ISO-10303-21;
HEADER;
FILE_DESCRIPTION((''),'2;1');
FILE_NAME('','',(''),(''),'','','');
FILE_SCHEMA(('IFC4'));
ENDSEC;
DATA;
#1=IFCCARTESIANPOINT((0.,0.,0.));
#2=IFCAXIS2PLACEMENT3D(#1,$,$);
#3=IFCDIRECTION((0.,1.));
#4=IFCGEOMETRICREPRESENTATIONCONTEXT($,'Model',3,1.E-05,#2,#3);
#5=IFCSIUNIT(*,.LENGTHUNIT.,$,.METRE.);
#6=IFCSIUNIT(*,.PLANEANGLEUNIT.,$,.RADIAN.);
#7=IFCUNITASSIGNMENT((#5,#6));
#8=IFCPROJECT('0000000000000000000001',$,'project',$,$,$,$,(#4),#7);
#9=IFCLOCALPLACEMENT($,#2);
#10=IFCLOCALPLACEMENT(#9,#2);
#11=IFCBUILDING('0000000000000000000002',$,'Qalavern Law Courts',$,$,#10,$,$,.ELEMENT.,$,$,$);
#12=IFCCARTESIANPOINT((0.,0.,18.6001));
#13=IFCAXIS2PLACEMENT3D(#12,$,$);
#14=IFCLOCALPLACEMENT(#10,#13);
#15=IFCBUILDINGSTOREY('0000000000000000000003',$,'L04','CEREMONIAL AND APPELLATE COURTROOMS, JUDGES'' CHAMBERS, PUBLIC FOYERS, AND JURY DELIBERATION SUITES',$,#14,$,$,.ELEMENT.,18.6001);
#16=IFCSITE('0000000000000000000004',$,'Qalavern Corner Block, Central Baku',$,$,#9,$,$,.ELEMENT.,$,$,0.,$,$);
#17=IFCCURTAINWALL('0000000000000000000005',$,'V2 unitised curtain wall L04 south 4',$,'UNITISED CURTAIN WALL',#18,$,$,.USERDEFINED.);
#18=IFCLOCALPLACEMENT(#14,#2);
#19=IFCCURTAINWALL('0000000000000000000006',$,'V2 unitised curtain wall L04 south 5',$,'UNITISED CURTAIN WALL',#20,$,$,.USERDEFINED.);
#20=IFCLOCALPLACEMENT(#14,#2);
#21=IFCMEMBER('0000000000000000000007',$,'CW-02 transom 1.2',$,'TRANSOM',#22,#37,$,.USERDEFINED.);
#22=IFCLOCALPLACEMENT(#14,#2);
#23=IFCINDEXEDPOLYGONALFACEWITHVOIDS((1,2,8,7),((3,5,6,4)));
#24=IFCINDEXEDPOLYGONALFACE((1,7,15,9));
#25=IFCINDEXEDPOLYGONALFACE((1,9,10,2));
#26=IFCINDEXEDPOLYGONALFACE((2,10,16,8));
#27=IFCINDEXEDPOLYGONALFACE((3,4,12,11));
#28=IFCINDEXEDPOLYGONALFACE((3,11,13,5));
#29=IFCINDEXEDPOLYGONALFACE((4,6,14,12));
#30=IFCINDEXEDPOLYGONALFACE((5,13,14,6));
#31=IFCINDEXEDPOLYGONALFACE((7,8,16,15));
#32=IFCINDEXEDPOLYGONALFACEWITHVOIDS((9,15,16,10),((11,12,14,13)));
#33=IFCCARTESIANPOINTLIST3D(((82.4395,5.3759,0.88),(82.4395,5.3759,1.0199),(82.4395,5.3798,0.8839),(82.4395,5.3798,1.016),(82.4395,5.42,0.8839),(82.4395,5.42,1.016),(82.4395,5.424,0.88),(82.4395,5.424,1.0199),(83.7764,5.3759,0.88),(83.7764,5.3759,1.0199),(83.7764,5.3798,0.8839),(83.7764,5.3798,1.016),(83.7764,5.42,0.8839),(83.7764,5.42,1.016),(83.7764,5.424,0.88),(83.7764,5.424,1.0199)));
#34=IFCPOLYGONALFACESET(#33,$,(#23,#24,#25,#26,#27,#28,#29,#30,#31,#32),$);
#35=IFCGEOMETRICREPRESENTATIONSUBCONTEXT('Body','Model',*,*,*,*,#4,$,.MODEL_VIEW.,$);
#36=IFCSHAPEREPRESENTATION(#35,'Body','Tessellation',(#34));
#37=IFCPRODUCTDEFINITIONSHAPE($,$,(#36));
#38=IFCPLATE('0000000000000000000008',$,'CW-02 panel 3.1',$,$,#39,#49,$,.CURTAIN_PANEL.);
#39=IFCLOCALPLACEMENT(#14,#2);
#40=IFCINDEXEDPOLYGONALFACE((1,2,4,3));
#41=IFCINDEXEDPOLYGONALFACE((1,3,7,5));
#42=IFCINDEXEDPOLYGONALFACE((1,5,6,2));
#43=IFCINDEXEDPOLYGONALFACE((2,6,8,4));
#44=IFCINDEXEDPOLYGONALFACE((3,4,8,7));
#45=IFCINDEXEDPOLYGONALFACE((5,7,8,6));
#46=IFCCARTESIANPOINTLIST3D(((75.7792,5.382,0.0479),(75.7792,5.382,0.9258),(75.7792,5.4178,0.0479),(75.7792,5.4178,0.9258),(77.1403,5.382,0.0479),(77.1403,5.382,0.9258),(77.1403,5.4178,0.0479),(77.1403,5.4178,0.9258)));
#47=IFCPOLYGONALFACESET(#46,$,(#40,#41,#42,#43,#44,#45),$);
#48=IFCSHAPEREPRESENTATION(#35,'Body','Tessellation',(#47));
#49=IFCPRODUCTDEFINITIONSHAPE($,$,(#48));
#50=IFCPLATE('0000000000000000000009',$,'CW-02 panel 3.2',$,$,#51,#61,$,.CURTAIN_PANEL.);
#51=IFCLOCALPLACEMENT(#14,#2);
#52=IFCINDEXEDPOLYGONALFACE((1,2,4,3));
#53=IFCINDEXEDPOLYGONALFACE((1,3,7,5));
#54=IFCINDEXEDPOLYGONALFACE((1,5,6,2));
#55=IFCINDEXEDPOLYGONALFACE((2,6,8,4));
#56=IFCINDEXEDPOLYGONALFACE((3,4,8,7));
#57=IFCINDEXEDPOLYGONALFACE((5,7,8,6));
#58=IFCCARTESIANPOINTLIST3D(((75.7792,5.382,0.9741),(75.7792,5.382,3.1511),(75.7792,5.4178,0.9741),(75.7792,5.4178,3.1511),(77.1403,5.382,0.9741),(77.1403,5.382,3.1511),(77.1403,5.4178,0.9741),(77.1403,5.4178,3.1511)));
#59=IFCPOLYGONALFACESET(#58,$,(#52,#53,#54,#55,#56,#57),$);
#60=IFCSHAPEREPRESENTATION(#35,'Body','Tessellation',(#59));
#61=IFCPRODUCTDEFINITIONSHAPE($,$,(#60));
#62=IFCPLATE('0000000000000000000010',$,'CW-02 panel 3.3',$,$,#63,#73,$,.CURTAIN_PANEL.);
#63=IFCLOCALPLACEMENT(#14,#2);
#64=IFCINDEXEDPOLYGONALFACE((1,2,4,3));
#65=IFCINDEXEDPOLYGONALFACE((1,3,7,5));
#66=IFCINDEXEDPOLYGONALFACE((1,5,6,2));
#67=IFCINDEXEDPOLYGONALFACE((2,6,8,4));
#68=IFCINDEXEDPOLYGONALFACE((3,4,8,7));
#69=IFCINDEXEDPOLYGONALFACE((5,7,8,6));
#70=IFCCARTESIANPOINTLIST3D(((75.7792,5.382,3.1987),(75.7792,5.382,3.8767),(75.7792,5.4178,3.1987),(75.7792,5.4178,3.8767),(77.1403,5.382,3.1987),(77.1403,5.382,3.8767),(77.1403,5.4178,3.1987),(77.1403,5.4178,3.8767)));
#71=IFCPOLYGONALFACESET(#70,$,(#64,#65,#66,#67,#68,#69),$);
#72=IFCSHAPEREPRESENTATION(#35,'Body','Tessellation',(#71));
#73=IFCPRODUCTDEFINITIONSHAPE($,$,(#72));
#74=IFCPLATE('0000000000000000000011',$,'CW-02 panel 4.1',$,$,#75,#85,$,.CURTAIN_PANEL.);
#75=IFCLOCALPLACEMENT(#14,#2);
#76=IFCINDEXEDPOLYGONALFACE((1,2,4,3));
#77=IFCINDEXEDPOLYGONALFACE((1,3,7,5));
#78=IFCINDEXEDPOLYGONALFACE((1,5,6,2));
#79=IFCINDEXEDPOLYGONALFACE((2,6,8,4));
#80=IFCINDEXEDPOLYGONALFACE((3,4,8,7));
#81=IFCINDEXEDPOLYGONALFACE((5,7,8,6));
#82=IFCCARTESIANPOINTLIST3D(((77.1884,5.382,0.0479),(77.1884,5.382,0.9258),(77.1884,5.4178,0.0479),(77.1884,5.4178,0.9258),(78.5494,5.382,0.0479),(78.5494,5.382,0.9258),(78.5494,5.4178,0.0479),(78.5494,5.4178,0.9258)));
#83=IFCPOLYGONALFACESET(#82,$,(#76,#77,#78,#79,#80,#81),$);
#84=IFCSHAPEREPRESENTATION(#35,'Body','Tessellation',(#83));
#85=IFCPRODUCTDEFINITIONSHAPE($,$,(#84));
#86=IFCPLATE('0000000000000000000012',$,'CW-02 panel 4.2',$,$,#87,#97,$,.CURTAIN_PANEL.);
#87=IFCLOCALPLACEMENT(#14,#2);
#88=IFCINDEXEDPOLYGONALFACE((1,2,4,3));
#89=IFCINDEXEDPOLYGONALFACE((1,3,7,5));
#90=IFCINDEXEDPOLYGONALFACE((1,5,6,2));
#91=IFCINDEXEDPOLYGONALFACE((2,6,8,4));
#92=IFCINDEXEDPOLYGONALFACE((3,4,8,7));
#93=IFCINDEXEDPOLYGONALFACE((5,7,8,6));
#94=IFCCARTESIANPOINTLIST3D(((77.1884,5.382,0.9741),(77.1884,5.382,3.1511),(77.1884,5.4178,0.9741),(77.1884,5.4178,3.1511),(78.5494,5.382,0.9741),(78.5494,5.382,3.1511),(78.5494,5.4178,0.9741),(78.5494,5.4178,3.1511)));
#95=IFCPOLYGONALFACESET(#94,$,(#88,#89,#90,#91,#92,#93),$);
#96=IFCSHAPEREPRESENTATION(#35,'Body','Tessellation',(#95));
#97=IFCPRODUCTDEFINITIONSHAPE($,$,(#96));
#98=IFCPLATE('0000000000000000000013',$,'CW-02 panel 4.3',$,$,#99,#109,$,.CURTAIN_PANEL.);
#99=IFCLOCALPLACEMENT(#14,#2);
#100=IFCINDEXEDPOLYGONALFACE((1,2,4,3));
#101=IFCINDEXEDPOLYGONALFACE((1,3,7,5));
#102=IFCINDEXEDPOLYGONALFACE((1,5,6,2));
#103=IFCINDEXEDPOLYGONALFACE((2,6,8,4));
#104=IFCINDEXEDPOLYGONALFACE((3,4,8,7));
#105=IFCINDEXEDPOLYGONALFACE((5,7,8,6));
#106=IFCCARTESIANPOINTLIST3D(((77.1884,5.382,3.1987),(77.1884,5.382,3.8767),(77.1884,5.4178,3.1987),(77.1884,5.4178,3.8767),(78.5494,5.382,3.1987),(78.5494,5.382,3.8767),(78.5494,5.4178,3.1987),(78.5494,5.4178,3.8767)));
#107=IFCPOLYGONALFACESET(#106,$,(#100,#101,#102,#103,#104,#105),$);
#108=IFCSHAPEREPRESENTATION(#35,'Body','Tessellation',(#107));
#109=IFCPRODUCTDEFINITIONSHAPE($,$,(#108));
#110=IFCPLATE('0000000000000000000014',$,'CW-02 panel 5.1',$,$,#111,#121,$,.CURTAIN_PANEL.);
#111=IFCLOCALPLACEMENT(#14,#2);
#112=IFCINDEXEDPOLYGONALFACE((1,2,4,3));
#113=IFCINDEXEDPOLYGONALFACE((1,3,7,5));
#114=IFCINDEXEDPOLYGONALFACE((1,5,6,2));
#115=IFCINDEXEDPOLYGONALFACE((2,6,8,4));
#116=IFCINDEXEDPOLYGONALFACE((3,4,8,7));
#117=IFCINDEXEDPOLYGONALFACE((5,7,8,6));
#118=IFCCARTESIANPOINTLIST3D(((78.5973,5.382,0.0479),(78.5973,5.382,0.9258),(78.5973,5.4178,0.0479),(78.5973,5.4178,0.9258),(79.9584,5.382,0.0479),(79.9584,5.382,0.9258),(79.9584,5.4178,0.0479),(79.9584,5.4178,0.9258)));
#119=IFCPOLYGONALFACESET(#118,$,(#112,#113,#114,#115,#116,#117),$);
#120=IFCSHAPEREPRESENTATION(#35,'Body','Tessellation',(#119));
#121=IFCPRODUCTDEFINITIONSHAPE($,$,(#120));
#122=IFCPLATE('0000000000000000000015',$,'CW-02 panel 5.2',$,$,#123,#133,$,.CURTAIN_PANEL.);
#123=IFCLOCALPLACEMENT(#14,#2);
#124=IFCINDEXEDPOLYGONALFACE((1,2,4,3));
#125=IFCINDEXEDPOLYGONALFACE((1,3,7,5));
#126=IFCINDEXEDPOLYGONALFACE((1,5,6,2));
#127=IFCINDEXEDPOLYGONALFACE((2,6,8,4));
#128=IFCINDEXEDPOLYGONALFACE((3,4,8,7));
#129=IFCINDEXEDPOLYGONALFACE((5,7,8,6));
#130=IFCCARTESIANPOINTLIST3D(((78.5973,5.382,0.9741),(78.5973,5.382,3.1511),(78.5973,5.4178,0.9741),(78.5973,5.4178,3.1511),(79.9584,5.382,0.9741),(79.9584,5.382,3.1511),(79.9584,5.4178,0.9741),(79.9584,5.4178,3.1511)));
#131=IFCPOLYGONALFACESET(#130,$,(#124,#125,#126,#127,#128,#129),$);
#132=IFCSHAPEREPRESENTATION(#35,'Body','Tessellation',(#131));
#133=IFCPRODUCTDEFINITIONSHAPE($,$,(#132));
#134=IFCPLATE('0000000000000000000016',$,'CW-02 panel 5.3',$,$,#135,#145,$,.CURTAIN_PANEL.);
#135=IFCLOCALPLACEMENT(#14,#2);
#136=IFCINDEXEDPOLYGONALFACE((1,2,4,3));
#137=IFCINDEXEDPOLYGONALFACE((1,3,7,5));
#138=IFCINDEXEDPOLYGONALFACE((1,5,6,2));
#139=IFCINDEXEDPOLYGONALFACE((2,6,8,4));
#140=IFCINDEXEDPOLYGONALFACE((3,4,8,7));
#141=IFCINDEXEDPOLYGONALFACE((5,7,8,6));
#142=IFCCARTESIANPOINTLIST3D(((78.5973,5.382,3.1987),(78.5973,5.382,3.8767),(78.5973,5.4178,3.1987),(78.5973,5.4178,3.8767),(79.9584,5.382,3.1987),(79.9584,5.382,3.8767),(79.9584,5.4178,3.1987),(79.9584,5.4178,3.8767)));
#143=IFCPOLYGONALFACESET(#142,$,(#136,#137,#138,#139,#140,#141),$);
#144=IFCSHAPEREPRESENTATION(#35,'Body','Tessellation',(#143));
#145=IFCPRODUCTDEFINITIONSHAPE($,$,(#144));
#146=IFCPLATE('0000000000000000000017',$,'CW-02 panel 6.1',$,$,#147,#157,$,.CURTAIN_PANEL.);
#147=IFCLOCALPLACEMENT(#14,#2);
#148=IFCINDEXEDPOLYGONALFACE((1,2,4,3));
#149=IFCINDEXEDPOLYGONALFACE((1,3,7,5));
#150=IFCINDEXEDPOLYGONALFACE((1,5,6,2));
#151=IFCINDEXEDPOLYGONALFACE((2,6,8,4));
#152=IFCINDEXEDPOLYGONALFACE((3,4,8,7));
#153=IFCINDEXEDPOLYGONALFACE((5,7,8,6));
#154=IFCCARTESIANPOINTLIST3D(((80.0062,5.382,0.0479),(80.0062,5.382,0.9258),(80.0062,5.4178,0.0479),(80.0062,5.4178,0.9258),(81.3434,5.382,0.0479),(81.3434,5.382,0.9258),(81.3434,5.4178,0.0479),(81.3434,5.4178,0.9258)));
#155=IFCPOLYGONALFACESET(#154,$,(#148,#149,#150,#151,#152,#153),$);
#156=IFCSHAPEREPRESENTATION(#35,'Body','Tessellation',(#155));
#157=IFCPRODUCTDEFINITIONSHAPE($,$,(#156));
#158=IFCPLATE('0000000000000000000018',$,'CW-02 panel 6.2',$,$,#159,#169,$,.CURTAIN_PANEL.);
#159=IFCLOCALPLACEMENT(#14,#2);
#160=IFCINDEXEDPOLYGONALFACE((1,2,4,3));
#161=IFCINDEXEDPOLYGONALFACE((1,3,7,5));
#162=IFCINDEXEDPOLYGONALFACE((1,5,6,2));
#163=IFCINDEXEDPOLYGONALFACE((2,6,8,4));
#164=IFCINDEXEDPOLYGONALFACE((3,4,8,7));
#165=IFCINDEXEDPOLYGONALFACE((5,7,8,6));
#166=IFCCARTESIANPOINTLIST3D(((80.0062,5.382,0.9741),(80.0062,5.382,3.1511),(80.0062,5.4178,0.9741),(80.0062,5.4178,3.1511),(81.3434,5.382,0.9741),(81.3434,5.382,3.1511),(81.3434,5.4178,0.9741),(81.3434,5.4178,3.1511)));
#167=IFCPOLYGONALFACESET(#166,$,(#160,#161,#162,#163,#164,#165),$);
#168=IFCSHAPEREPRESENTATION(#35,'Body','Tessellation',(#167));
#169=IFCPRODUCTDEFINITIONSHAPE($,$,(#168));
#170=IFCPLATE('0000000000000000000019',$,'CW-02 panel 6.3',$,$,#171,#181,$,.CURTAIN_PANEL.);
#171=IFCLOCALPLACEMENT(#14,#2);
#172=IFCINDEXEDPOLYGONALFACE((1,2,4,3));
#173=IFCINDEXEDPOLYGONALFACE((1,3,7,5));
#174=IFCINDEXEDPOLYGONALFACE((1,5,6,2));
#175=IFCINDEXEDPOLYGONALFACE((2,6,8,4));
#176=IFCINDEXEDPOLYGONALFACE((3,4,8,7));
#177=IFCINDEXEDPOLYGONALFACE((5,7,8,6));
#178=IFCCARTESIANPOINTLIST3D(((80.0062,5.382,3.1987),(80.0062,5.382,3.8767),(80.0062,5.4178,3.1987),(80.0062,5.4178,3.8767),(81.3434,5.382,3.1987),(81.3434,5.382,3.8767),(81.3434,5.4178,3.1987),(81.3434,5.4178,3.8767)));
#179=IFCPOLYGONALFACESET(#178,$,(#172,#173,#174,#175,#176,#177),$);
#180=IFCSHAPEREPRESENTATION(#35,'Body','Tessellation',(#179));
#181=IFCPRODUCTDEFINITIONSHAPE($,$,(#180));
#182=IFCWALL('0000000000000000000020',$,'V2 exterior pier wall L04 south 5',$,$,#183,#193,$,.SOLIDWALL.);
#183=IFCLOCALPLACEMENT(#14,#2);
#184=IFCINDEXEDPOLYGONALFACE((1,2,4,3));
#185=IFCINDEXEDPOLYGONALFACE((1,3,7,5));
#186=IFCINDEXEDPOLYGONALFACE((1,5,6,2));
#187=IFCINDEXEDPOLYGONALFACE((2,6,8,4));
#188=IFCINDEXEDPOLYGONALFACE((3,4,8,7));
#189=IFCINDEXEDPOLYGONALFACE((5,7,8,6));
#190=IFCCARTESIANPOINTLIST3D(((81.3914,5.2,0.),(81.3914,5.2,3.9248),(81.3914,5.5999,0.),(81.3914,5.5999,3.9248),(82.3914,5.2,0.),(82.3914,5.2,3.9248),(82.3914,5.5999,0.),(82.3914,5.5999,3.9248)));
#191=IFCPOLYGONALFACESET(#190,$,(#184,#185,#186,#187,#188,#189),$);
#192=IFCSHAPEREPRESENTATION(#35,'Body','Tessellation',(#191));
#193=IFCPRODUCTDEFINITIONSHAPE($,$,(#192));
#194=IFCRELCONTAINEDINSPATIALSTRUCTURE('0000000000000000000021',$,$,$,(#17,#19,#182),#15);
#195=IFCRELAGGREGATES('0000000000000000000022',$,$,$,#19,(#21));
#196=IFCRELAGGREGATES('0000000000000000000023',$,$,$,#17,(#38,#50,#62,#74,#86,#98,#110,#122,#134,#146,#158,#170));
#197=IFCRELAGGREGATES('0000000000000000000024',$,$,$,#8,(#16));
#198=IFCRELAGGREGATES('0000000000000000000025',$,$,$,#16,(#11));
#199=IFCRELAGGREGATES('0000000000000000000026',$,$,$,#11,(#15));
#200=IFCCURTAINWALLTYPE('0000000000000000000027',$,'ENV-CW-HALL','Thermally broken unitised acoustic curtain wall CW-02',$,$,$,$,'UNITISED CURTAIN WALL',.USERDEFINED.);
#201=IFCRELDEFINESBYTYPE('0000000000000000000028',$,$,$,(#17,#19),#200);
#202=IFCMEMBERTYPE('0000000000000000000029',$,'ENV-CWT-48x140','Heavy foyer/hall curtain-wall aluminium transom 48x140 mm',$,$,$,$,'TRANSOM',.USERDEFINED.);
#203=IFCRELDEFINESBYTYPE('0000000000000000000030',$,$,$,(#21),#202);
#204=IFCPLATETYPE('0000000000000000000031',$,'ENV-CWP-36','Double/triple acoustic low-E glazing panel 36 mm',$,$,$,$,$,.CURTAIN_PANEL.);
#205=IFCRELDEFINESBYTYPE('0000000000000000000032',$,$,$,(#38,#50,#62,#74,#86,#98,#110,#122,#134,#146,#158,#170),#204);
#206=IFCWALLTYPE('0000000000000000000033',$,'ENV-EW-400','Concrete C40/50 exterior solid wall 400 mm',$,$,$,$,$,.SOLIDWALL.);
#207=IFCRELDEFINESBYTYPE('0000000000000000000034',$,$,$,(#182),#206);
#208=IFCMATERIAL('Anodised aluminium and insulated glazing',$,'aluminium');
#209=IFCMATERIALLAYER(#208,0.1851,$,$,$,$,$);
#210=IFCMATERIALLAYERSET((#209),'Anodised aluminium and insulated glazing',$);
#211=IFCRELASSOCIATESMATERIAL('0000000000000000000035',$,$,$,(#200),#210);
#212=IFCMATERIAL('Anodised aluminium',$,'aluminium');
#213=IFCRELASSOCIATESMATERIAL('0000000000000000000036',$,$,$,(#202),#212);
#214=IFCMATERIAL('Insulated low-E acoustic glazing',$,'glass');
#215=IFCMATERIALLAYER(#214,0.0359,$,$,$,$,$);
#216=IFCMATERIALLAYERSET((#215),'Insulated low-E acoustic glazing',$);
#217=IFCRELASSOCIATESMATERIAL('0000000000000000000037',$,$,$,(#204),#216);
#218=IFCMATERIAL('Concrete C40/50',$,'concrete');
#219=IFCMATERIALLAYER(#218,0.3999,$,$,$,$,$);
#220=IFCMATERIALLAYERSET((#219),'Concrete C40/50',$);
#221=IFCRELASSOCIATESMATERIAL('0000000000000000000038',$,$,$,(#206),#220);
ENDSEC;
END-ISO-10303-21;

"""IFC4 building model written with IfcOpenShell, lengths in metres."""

from ifc_helpers import new_model, si_unit, direction, frame, frame_2d, origin, origin_2d, place, context, subcontext, project, spatial, rectangle, hollow_rectangle, extrude, material, layer, layer_set, material_profile, profile_set, type_object, element, aggregate, save


model = new_model("IFC4")

# Units and contexts
model_context = context("Model", 3, precision=1e-05, world=origin(), true_north=direction((0.0, 1.0)))
body_context = subcontext(model_context, "Body", "Model", "MODEL_VIEW")
ifc_project = project(units=[si_unit("LENGTHUNIT", "METRE"), si_unit("PLANEANGLEUNIT", "RADIAN")], contexts=[model_context])

# Site, building, storey
site_placement = place(None, origin())
site = spatial("IfcSite", under=ifc_project, at=site_placement, Name="Qalavern Corner Block, Central Baku", CompositionType="ELEMENT", RefElevation=0.0)
building_placement = place(site_placement, origin())
building = spatial("IfcBuilding", under=site, at=building_placement, Name="Qalavern Law Courts", CompositionType="ELEMENT")
storey_placement = place(building_placement, frame((0.0, 0.0, 18.6001)))
storey = spatial("IfcBuildingStorey", under=building, at=storey_placement, Name="L04", Description="CEREMONIAL AND APPELLATE COURTROOMS, JUDGES' CHAMBERS, PUBLIC FOYERS, AND JURY DELIBERATION SUITES", CompositionType="ELEMENT", Elevation=18.6001)

# Curtain wall
ifc_material_1 = material(Name="Anodised aluminium and insulated glazing", Category="aluminium")
ifc_layer_1 = layer(ifc_material_1, 0.1851)
ifc_layer_set_1 = layer_set([ifc_layer_1], Name="Anodised aluminium and insulated glazing")
curtain_wall_type = type_object("IfcCurtainWallType", Name="ENV-CW-HALL", Description="Thermally broken unitised acoustic curtain wall CW-02", ElementType="UNITISED CURTAIN WALL", PredefinedType="USERDEFINED", material=ifc_layer_set_1)
curtain_wall_1_placement = place(storey_placement, origin())
curtain_wall_1 = element("IfcCurtainWall", 1, at=curtain_wall_1_placement, inside=storey, type_object=curtain_wall_type, Name="V2 unitised curtain wall L04 south 4", ObjectType="UNITISED CURTAIN WALL", PredefinedType="USERDEFINED")
ifc_material_2 = material(Name="Anodised aluminium", Category="aluminium")

# Curtain wall
curtain_wall_2_placement = place(storey_placement, origin())
curtain_wall_2 = element("IfcCurtainWall", 2, at=curtain_wall_2_placement, inside=storey, type_object=curtain_wall_type, Name="V2 unitised curtain wall L04 south 5", ObjectType="UNITISED CURTAIN WALL", PredefinedType="USERDEFINED")

# Member
ifc_material_profile_1 = material_profile(ifc_material_2, hollow_rectangle(XDim=0.0481, YDim=0.1399, WallThickness=0.0039, at=origin_2d()), Name="ALU TRANSOM 48x140")
ifc_profile_set_1 = profile_set([ifc_material_profile_1], Name="Anodised aluminium")
member_type_1 = type_object("IfcMemberType", Name="ENV-CWT-48x140", Description="Heavy foyer/hall curtain-wall aluminium transom 48x140 mm", ElementType="TRANSOM", PredefinedType="USERDEFINED", material=ifc_profile_set_1)
member_1_placement = place(storey_placement, frame((82.4395, 5.3999, 0.95), z_axis=(1.0, 0.0, 0.0), x_axis=(0.0, 1.0, 0.0)))
member_1 = element("IfcMember", 3, at=member_1_placement, type_object=member_type_1, Name="CW-02 transom 1.2", ObjectType="TRANSOM", PredefinedType="USERDEFINED", context=body_context, shape_type="SweptSolid", body=[
    extrude(hollow_rectangle(XDim=0.0481, YDim=0.1399, WallThickness=0.0039, at=origin_2d()), origin(), (0.0, 0.0, 1.0), 1.3369),
])
aggregate(curtain_wall_2, [member_1])

# Plates
ifc_material_3 = material(Name="Insulated low-E acoustic glazing", Category="glass")
ifc_layer_2 = layer(ifc_material_3, 0.0359)
ifc_layer_set_2 = layer_set([ifc_layer_2], Name="Insulated low-E acoustic glazing")
plate_type = type_object("IfcPlateType", Name="ENV-CWP-36", Description="Double/triple acoustic low-E glazing panel 36 mm", PredefinedType="CURTAIN_PANEL", material=ifc_layer_set_2)
plate_1_placement = place(storey_placement, frame((76.4597, 5.3999, 0.0479), z_axis=(0.0, 0.0, 1.0), x_axis=(1.0, 0.0, 0.0)))
plate_1 = element("IfcPlate", 4, at=plate_1_placement, type_object=plate_type, Name="CW-02 panel 3.1", PredefinedType="CURTAIN_PANEL", context=body_context, shape_type="SweptSolid", body=[
    extrude(rectangle(XDim=1.3611, YDim=0.0359, at=origin_2d()), origin(), (0.0, 0.0, 1.0), 0.8779),
])
plate_2_placement = place(storey_placement, frame((76.4597, 5.3999, 0.9741), z_axis=(0.0, 0.0, 1.0), x_axis=(1.0, 0.0, 0.0)))
plate_2 = element("IfcPlate", 5, at=plate_2_placement, type_object=plate_type, Name="CW-02 panel 3.2", PredefinedType="CURTAIN_PANEL", context=body_context, shape_type="SweptSolid", body=[
    extrude(rectangle(XDim=1.3611, YDim=0.0359, at=origin_2d()), origin(), (0.0, 0.0, 1.0), 2.177),
])
plate_3_placement = place(storey_placement, frame((76.4597, 5.3999, 3.1987), z_axis=(0.0, 0.0, 1.0), x_axis=(1.0, 0.0, 0.0)))
plate_3 = element("IfcPlate", 6, at=plate_3_placement, type_object=plate_type, Name="CW-02 panel 3.3", PredefinedType="CURTAIN_PANEL", context=body_context, shape_type="SweptSolid", body=[
    extrude(rectangle(XDim=1.3611, YDim=0.0359, at=origin_2d()), origin(), (0.0, 0.0, 1.0), 0.678),
])
plate_4_placement = place(storey_placement, frame((77.8689, 5.3999, 0.0479), z_axis=(0.0, 0.0, 1.0), x_axis=(1.0, 0.0, 0.0)))
plate_4 = element("IfcPlate", 7, at=plate_4_placement, type_object=plate_type, Name="CW-02 panel 4.1", PredefinedType="CURTAIN_PANEL", context=body_context, shape_type="SweptSolid", body=[
    extrude(rectangle(XDim=1.3611, YDim=0.0359, at=origin_2d()), origin(), (0.0, 0.0, 1.0), 0.8779),
])
plate_5_placement = place(storey_placement, frame((77.8689, 5.3999, 0.9741), z_axis=(0.0, 0.0, 1.0), x_axis=(1.0, 0.0, 0.0)))
plate_5 = element("IfcPlate", 8, at=plate_5_placement, type_object=plate_type, Name="CW-02 panel 4.2", PredefinedType="CURTAIN_PANEL", context=body_context, shape_type="SweptSolid", body=[
    extrude(rectangle(XDim=1.3611, YDim=0.0359, at=origin_2d()), origin(), (0.0, 0.0, 1.0), 2.177),
])
plate_6_placement = place(storey_placement, frame((77.8689, 5.3999, 3.1987), z_axis=(0.0, 0.0, 1.0), x_axis=(1.0, 0.0, 0.0)))
plate_6 = element("IfcPlate", 9, at=plate_6_placement, type_object=plate_type, Name="CW-02 panel 4.3", PredefinedType="CURTAIN_PANEL", context=body_context, shape_type="SweptSolid", body=[
    extrude(rectangle(XDim=1.3611, YDim=0.0359, at=origin_2d()), origin(), (0.0, 0.0, 1.0), 0.678),
])
plate_7_placement = place(storey_placement, frame((79.2778, 5.3999, 0.0479), z_axis=(0.0, 0.0, 1.0), x_axis=(1.0, 0.0, 0.0)))
plate_7 = element("IfcPlate", 10, at=plate_7_placement, type_object=plate_type, Name="CW-02 panel 5.1", PredefinedType="CURTAIN_PANEL", context=body_context, shape_type="SweptSolid", body=[
    extrude(rectangle(XDim=1.3611, YDim=0.0359, at=origin_2d()), origin(), (0.0, 0.0, 1.0), 0.8779),
])
plate_8_placement = place(storey_placement, frame((79.2778, 5.3999, 0.9741), z_axis=(0.0, 0.0, 1.0), x_axis=(1.0, 0.0, 0.0)))
plate_8 = element("IfcPlate", 11, at=plate_8_placement, type_object=plate_type, Name="CW-02 panel 5.2", PredefinedType="CURTAIN_PANEL", context=body_context, shape_type="SweptSolid", body=[
    extrude(rectangle(XDim=1.3611, YDim=0.0359, at=origin_2d()), origin(), (0.0, 0.0, 1.0), 2.177),
])
plate_9_placement = place(storey_placement, frame((79.2778, 5.3999, 3.1987), z_axis=(0.0, 0.0, 1.0), x_axis=(1.0, 0.0, 0.0)))
plate_9 = element("IfcPlate", 12, at=plate_9_placement, type_object=plate_type, Name="CW-02 panel 5.3", PredefinedType="CURTAIN_PANEL", context=body_context, shape_type="SweptSolid", body=[
    extrude(rectangle(XDim=1.3611, YDim=0.0359, at=origin_2d()), origin(), (0.0, 0.0, 1.0), 0.678),
])
plate_10_placement = place(storey_placement, frame((80.6748, 5.3999, 0.0479), z_axis=(0.0, 0.0, 1.0), x_axis=(1.0, 0.0, 0.0)))
plate_10 = element("IfcPlate", 13, at=plate_10_placement, type_object=plate_type, Name="CW-02 panel 6.1", PredefinedType="CURTAIN_PANEL", context=body_context, shape_type="SweptSolid", body=[
    extrude(rectangle(XDim=1.3372, YDim=0.0359, at=origin_2d()), origin(), (0.0, 0.0, 1.0), 0.8779),
])
plate_11_placement = place(storey_placement, frame((80.6748, 5.3999, 0.9741), z_axis=(0.0, 0.0, 1.0), x_axis=(1.0, 0.0, 0.0)))
plate_11 = element("IfcPlate", 14, at=plate_11_placement, type_object=plate_type, Name="CW-02 panel 6.2", PredefinedType="CURTAIN_PANEL", context=body_context, shape_type="SweptSolid", body=[
    extrude(rectangle(XDim=1.3372, YDim=0.0359, at=origin_2d()), origin(), (0.0, 0.0, 1.0), 2.177),
])
plate_12_placement = place(storey_placement, frame((80.6748, 5.3999, 3.1987), z_axis=(0.0, 0.0, 1.0), x_axis=(1.0, 0.0, 0.0)))
plate_12 = element("IfcPlate", 15, at=plate_12_placement, type_object=plate_type, Name="CW-02 panel 6.3", PredefinedType="CURTAIN_PANEL", context=body_context, shape_type="SweptSolid", body=[
    extrude(rectangle(XDim=1.3372, YDim=0.0359, at=origin_2d()), origin(), (0.0, 0.0, 1.0), 0.678),
])
aggregate(curtain_wall_1, [plate_1, plate_2, plate_3, plate_4, plate_5, plate_6, plate_7, plate_8, plate_9, plate_10, plate_11, plate_12])

# Wall
ifc_material_4 = material(Name="Concrete C40/50", Category="concrete")
ifc_layer_3 = layer(ifc_material_4, 0.3999)
ifc_layer_set_3 = layer_set([ifc_layer_3], Name="Concrete C40/50")
wall_type = type_object("IfcWallType", Name="ENV-EW-400", Description="Concrete C40/50 exterior solid wall 400 mm", PredefinedType="SOLIDWALL", material=ifc_layer_set_3)
wall_placement = place(storey_placement, frame((81.3914, 5.3999, 0.0), z_axis=(0.0, 0.0, 1.0), x_axis=(1.0, 0.0, 0.0)))
element("IfcWall", 16, at=wall_placement, inside=storey, type_object=wall_type, Name="V2 exterior pier wall L04 south 5", PredefinedType="SOLIDWALL", context=body_context, shape_type="SweptSolid", body=[
    extrude(rectangle(XDim=1.0, YDim=0.3999, at=frame_2d((0.5, 0.0))), origin(), (0.0, 0.0, 1.0), 3.9248),
])

save(model, "model.ifc")
